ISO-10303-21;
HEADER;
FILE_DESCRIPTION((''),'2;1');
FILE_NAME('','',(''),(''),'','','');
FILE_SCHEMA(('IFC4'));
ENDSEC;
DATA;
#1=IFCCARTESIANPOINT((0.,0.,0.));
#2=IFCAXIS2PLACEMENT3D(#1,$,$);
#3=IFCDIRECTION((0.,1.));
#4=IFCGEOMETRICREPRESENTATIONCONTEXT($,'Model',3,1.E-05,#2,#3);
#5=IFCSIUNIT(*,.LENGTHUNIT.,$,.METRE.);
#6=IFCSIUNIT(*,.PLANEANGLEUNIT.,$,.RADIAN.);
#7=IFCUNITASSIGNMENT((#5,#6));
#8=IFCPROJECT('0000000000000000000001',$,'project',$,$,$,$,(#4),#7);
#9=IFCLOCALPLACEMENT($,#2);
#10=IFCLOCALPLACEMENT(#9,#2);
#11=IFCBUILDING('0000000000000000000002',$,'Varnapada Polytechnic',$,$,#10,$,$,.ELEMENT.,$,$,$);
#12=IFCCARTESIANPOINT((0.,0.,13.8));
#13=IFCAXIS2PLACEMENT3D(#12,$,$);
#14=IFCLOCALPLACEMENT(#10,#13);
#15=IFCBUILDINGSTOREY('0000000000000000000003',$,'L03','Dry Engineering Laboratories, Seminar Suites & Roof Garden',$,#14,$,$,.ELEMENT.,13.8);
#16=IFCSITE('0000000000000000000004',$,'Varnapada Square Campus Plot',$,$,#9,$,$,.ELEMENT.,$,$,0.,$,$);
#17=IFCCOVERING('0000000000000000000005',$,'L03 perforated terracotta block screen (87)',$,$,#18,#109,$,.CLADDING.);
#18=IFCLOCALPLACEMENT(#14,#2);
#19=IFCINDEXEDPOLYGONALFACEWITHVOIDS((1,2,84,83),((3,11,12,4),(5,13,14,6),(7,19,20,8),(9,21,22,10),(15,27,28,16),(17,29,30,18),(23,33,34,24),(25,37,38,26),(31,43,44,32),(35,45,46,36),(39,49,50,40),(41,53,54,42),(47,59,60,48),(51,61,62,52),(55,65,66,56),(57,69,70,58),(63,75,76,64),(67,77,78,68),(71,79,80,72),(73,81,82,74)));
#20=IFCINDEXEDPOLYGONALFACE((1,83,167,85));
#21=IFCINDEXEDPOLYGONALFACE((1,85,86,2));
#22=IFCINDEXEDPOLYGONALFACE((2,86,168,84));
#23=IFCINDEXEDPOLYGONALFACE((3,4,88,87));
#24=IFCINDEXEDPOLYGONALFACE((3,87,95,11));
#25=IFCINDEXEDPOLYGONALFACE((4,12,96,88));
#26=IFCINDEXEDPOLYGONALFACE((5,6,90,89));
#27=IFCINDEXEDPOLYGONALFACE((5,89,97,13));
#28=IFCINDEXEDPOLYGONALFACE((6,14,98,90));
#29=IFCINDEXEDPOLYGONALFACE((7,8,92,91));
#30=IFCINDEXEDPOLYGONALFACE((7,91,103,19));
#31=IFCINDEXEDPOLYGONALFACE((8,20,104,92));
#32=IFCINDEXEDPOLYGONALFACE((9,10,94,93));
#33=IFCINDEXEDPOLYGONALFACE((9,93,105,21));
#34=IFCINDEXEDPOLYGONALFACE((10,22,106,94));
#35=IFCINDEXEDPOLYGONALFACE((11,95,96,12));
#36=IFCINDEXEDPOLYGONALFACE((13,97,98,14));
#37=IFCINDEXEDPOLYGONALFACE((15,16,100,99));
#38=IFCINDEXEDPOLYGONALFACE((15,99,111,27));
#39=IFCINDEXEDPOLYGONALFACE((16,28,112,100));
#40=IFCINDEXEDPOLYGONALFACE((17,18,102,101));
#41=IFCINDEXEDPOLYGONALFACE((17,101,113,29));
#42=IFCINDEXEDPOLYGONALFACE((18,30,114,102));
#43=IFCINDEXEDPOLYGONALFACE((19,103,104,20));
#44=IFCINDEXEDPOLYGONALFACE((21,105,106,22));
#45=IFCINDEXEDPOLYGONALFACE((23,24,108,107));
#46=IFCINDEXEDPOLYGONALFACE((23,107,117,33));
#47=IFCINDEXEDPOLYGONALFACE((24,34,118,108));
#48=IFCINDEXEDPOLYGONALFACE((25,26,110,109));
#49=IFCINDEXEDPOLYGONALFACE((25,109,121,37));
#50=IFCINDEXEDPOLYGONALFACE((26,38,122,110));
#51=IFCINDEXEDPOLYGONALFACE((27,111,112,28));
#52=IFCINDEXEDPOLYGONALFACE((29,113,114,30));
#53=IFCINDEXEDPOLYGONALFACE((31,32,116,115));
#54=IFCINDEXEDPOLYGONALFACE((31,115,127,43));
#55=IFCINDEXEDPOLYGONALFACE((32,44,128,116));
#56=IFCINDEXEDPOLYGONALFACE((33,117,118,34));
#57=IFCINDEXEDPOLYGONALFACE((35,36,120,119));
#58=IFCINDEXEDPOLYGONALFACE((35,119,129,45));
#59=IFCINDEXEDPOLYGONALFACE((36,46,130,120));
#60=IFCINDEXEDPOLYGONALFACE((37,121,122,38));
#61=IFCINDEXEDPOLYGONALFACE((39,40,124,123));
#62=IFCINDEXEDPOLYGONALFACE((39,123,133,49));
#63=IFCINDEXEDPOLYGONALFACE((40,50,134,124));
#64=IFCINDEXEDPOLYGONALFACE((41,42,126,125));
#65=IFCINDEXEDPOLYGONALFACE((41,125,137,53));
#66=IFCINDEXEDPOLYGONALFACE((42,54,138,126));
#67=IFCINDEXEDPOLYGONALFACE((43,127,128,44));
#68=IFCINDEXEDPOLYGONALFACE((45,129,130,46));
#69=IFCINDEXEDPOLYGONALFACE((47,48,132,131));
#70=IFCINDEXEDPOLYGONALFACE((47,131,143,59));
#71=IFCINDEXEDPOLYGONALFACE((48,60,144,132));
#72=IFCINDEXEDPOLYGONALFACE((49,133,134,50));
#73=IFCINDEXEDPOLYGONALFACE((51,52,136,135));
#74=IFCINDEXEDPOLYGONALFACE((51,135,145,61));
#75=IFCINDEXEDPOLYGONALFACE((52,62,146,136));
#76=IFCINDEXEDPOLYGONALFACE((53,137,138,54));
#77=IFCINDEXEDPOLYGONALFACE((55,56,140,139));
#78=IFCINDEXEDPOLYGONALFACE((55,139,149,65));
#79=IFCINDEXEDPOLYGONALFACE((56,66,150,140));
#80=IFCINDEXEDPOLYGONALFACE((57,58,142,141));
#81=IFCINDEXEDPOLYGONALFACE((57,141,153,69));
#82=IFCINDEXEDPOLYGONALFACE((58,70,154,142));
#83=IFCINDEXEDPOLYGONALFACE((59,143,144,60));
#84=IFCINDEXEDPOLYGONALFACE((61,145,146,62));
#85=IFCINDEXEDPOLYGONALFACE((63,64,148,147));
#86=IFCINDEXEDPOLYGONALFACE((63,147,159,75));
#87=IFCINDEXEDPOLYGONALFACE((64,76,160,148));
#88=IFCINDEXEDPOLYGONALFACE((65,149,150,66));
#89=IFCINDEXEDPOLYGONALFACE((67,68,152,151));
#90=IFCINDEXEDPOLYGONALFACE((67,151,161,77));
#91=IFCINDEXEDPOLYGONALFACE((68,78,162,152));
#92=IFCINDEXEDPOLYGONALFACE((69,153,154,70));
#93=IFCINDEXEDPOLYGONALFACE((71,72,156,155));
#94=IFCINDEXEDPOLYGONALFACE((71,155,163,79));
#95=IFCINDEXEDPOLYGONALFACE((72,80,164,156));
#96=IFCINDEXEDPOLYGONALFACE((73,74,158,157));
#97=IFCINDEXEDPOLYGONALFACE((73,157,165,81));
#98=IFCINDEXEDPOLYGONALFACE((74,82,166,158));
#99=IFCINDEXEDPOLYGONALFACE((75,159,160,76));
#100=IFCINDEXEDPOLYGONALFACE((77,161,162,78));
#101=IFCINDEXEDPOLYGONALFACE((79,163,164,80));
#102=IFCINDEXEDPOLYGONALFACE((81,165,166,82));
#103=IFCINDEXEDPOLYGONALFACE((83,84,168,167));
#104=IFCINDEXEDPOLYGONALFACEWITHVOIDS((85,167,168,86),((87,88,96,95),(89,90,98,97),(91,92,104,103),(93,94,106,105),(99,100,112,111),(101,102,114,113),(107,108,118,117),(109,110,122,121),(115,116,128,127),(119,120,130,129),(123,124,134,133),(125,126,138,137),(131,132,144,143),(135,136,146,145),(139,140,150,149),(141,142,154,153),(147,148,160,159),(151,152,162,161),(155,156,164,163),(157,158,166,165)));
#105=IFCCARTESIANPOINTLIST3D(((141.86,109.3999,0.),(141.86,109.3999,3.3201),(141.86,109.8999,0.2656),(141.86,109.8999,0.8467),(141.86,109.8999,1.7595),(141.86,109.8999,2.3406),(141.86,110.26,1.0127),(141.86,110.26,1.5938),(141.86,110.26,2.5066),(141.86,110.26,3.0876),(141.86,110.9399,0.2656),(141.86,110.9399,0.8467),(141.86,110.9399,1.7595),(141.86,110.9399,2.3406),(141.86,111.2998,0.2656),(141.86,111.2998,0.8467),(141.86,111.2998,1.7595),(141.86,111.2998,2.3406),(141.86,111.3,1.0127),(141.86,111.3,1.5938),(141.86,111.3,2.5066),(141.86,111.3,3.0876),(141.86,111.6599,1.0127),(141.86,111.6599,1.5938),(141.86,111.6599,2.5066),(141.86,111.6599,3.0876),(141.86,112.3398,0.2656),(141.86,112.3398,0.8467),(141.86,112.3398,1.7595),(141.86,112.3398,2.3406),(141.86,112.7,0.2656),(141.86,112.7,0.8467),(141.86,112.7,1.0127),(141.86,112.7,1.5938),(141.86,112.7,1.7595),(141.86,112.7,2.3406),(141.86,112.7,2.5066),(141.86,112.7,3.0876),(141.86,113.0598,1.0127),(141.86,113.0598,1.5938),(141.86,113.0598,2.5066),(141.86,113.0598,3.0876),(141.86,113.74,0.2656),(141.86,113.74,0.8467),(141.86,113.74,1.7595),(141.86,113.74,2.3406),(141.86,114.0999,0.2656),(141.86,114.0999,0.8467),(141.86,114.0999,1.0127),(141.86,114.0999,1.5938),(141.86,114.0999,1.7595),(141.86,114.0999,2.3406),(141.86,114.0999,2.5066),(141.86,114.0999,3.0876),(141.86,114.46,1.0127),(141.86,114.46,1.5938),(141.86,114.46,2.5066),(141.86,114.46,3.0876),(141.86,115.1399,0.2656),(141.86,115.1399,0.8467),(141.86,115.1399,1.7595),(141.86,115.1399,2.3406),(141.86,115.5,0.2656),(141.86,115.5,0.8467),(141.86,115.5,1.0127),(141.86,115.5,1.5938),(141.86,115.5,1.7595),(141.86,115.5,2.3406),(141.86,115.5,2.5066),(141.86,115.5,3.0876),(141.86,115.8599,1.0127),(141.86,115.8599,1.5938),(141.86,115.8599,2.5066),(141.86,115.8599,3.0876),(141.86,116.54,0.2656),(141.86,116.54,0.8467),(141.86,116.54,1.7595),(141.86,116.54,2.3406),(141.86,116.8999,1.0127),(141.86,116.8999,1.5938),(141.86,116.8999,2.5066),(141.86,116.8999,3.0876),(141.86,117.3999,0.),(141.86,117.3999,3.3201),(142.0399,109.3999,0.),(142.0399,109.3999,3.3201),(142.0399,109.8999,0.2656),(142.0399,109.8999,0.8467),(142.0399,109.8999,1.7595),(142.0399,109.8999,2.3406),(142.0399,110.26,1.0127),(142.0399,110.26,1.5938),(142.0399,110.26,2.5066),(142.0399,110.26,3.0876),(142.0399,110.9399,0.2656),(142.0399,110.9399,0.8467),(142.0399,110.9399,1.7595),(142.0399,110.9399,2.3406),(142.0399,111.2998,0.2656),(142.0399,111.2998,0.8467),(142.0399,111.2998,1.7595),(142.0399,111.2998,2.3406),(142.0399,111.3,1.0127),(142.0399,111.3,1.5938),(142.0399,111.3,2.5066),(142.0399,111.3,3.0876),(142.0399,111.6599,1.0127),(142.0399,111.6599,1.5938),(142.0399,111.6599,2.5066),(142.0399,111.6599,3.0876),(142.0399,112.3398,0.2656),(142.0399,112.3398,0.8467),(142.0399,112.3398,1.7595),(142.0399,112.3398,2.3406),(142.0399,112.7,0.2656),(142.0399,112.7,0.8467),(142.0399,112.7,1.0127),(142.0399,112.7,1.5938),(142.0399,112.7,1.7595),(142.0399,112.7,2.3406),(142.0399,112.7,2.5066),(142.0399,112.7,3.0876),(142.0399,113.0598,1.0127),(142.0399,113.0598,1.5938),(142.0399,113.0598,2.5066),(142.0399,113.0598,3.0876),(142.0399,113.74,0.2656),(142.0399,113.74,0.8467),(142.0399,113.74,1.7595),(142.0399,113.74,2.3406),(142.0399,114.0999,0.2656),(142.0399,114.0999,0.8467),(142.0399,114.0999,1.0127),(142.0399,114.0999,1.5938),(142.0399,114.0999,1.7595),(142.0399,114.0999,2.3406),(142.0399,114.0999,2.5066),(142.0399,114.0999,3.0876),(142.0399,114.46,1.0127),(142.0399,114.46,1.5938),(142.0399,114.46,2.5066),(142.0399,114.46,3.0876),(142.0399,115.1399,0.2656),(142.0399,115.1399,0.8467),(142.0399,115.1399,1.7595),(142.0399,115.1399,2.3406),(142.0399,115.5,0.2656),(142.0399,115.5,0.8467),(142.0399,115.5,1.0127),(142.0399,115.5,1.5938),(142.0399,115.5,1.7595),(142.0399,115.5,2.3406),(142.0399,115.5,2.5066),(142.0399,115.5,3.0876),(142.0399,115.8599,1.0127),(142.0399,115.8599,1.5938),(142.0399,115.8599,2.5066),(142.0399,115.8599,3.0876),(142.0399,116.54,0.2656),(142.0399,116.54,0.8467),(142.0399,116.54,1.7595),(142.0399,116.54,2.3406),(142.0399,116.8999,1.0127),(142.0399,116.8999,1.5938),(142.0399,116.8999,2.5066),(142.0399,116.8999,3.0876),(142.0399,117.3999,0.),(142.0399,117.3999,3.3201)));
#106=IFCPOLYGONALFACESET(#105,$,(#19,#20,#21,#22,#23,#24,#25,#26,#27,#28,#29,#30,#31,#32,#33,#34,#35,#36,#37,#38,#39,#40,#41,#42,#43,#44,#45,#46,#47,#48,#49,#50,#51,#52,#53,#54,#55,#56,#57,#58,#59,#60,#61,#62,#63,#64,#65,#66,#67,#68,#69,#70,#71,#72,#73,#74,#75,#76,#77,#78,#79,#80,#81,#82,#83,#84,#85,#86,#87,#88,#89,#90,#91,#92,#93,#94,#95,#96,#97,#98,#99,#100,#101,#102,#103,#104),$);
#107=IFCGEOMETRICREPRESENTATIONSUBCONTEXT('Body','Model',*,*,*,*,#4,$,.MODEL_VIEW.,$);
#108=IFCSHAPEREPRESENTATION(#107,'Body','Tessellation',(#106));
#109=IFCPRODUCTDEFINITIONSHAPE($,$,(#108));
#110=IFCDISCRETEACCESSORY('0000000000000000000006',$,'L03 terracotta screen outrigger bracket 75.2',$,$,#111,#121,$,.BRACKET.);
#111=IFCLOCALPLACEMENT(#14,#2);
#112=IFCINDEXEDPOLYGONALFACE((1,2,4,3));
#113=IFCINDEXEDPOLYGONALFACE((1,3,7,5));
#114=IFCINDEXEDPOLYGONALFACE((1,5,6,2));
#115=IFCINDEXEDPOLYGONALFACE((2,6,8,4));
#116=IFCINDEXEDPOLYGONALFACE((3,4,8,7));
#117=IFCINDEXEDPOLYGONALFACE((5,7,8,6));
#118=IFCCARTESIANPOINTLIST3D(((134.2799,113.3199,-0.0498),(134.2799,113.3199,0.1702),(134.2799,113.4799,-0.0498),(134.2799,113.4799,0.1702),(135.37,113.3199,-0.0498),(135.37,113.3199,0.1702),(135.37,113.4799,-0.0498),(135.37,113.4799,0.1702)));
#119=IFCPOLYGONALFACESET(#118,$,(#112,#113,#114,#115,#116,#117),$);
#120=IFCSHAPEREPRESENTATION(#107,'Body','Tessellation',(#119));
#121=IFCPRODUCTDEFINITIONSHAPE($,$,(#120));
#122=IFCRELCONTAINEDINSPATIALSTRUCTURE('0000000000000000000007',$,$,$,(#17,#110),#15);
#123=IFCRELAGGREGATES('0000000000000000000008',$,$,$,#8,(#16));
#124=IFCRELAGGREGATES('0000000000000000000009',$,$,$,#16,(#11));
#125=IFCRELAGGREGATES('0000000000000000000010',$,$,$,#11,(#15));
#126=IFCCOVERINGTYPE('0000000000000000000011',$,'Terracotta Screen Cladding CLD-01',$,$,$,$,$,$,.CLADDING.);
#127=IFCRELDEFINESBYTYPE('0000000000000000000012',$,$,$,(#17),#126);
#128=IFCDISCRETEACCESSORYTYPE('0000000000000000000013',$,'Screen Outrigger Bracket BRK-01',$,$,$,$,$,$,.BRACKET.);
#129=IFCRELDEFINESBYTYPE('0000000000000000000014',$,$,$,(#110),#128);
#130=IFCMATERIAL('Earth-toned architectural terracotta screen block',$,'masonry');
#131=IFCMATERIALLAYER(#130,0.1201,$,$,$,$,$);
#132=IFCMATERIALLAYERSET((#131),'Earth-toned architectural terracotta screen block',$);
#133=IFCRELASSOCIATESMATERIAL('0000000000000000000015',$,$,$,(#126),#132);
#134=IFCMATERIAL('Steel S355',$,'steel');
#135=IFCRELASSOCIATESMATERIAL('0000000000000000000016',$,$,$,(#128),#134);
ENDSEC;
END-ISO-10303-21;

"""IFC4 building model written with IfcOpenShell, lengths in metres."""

from ifc_helpers import new_model, si_unit, direction, frame, frame_2d, origin, origin_2d, place, context, subcontext, project, spatial, rectangle, extrude, material, layer, layer_set, type_object, element, save


model = new_model("IFC4")

# Units and contexts
model_context = context("Model", 3, precision=1e-05, world=origin(), true_north=direction((0.0, 1.0)))
body_context = subcontext(model_context, "Body", "Model", "MODEL_VIEW")
ifc_project = project(units=[si_unit("LENGTHUNIT", "METRE"), si_unit("PLANEANGLEUNIT", "RADIAN")], contexts=[model_context])

# Site, building, storey
site_placement = place(None, origin())
site = spatial("IfcSite", under=ifc_project, at=site_placement, Name="Varnapada Square Campus Plot", CompositionType="ELEMENT", RefElevation=0.0)
building_placement = place(site_placement, origin())
building = spatial("IfcBuilding", under=site, at=building_placement, Name="Varnapada Polytechnic", CompositionType="ELEMENT")
storey_placement = place(building_placement, frame((0.0, 0.0, 13.8)))
storey = spatial("IfcBuildingStorey", under=building, at=storey_placement, Name="L03", Description="Dry Engineering Laboratories, Seminar Suites & Roof Garden", CompositionType="ELEMENT", Elevation=13.8)

# Covering, openings
ifc_material_1 = material(Name="Earth-toned architectural terracotta screen block", Category="masonry")
ifc_layer = layer(ifc_material_1, 0.1201)
ifc_layer_set = layer_set([ifc_layer], Name="Earth-toned architectural terracotta screen block")
covering_type = type_object("IfcCoveringType", Name="Terracotta Screen Cladding CLD-01", PredefinedType="CLADDING", material=ifc_layer_set)
covering_placement = place(storey_placement, frame((141.95, 109.3999, 0.0), z_axis=(0.0, 0.0, 1.0), x_axis=(0.0, 1.0, 0.0)))
covering = element("IfcCovering", 1, at=covering_placement, inside=storey, type_object=covering_type, Name="L03 perforated terracotta block screen (87)", PredefinedType="CLADDING", context=body_context, shape_type="SweptSolid", body=[
    extrude(rectangle(XDim=8.0, YDim=0.1799, at=frame_2d((4.0, 0.0))), origin(), (0.0, 0.0, 1.0), 3.3201),
])
opening_1_placement = place(covering_placement, frame((0.5, 0.0, 0.2656)))
element("IfcOpeningElement", 2, at=opening_1_placement, cuts=covering, PredefinedType="OPENING", context=body_context, shape_type="SweptSolid", body=[
    extrude(rectangle(XDim=1.04, YDim=0.5811, at=frame_2d((0.52, 0.2905))), frame((0.0, 0.0999, 0.0), z_axis=(0.0, -1.0, 0.0), x_axis=(1.0, 0.0, 0.0)), (0.0, 0.0, 1.0), 0.2),
])
opening_2_placement = place(covering_placement, frame((1.8999, 0.0, 0.2656)))
element("IfcOpeningElement", 3, at=opening_2_placement, cuts=covering, PredefinedType="OPENING", context=body_context, shape_type="SweptSolid", body=[
    extrude(rectangle(XDim=1.04, YDim=0.5811, at=frame_2d((0.52, 0.2905))), frame((0.0, 0.0999, 0.0), z_axis=(0.0, -1.0, 0.0), x_axis=(1.0, 0.0, 0.0)), (0.0, 0.0, 1.0), 0.2),
])
opening_3_placement = place(covering_placement, frame((3.3, 0.0, 0.2656)))
element("IfcOpeningElement", 4, at=opening_3_placement, cuts=covering, PredefinedType="OPENING", context=body_context, shape_type="SweptSolid", body=[
    extrude(rectangle(XDim=1.04, YDim=0.5811, at=frame_2d((0.52, 0.2905))), frame((0.0, 0.0999, 0.0), z_axis=(0.0, -1.0, 0.0), x_axis=(1.0, 0.0, 0.0)), (0.0, 0.0, 1.0), 0.2),
])
opening_4_placement = place(covering_placement, frame((4.7, 0.0, 0.2656)))
element("IfcOpeningElement", 5, at=opening_4_placement, cuts=covering, PredefinedType="OPENING", context=body_context, shape_type="SweptSolid", body=[
    extrude(rectangle(XDim=1.04, YDim=0.5811, at=frame_2d((0.52, 0.2905))), frame((0.0, 0.0999, 0.0), z_axis=(0.0, -1.0, 0.0), x_axis=(1.0, 0.0, 0.0)), (0.0, 0.0, 1.0), 0.2),
])
opening_5_placement = place(covering_placement, frame((6.1001, 0.0, 0.2656)))
element("IfcOpeningElement", 6, at=opening_5_placement, cuts=covering, PredefinedType="OPENING", context=body_context, shape_type="SweptSolid", body=[
    extrude(rectangle(XDim=1.04, YDim=0.5811, at=frame_2d((0.52, 0.2905))), frame((0.0, 0.0999, 0.0), z_axis=(0.0, -1.0, 0.0), x_axis=(1.0, 0.0, 0.0)), (0.0, 0.0, 1.0), 0.2),
])
opening_6_placement = place(covering_placement, frame((0.8601, 0.0, 1.0127)))
element("IfcOpeningElement", 7, at=opening_6_placement, cuts=covering, PredefinedType="OPENING", context=body_context, shape_type="SweptSolid", body=[
    extrude(rectangle(XDim=1.04, YDim=0.5811, at=frame_2d((0.52, 0.2905))), frame((0.0, 0.0999, 0.0), z_axis=(0.0, -1.0, 0.0), x_axis=(1.0, 0.0, 0.0)), (0.0, 0.0, 1.0), 0.2),
])
opening_7_placement = place(covering_placement, frame((2.26, 0.0, 1.0127)))
element("IfcOpeningElement", 8, at=opening_7_placement, cuts=covering, PredefinedType="OPENING", context=body_context, shape_type="SweptSolid", body=[
    extrude(rectangle(XDim=1.04, YDim=0.5811, at=frame_2d((0.52, 0.2905))), frame((0.0, 0.0999, 0.0), z_axis=(0.0, -1.0, 0.0), x_axis=(1.0, 0.0, 0.0)), (0.0, 0.0, 1.0), 0.2),
])
opening_8_placement = place(covering_placement, frame((3.6599, 0.0, 1.0127)))
element("IfcOpeningElement", 9, at=opening_8_placement, cuts=covering, PredefinedType="OPENING", context=body_context, shape_type="SweptSolid", body=[
    extrude(rectangle(XDim=1.04, YDim=0.5811, at=frame_2d((0.52, 0.2905))), frame((0.0, 0.0999, 0.0), z_axis=(0.0, -1.0, 0.0), x_axis=(1.0, 0.0, 0.0)), (0.0, 0.0, 1.0), 0.2),
])
opening_9_placement = place(covering_placement, frame((5.0601, 0.0, 1.0127)))
element("IfcOpeningElement", 10, at=opening_9_placement, cuts=covering, PredefinedType="OPENING", context=body_context, shape_type="SweptSolid", body=[
    extrude(rectangle(XDim=1.04, YDim=0.5811, at=frame_2d((0.52, 0.2905))), frame((0.0, 0.0999, 0.0), z_axis=(0.0, -1.0, 0.0), x_axis=(1.0, 0.0, 0.0)), (0.0, 0.0, 1.0), 0.2),
])
opening_10_placement = place(covering_placement, frame((6.46, 0.0, 1.0127)))
element("IfcOpeningElement", 11, at=opening_10_placement, cuts=covering, PredefinedType="OPENING", context=body_context, shape_type="SweptSolid", body=[
    extrude(rectangle(XDim=1.04, YDim=0.5811, at=frame_2d((0.52, 0.2905))), frame((0.0, 0.0999, 0.0), z_axis=(0.0, -1.0, 0.0), x_axis=(1.0, 0.0, 0.0)), (0.0, 0.0, 1.0), 0.2),
])
opening_11_placement = place(covering_placement, frame((0.5, 0.0, 1.7595)))
element("IfcOpeningElement", 12, at=opening_11_placement, cuts=covering, PredefinedType="OPENING", context=body_context, shape_type="SweptSolid", body=[
    extrude(rectangle(XDim=1.04, YDim=0.5811, at=frame_2d((0.52, 0.2905))), frame((0.0, 0.0999, 0.0), z_axis=(0.0, -1.0, 0.0), x_axis=(1.0, 0.0, 0.0)), (0.0, 0.0, 1.0), 0.2),
])
opening_12_placement = place(covering_placement, frame((1.8999, 0.0, 1.7595)))
element("IfcOpeningElement", 13, at=opening_12_placement, cuts=covering, PredefinedType="OPENING", context=body_context, shape_type="SweptSolid", body=[
    extrude(rectangle(XDim=1.04, YDim=0.5811, at=frame_2d((0.52, 0.2905))), frame((0.0, 0.0999, 0.0), z_axis=(0.0, -1.0, 0.0), x_axis=(1.0, 0.0, 0.0)), (0.0, 0.0, 1.0), 0.2),
])
opening_13_placement = place(covering_placement, frame((3.3, 0.0, 1.7595)))
element("IfcOpeningElement", 14, at=opening_13_placement, cuts=covering, PredefinedType="OPENING", context=body_context, shape_type="SweptSolid", body=[
    extrude(rectangle(XDim=1.04, YDim=0.5811, at=frame_2d((0.52, 0.2905))), frame((0.0, 0.0999, 0.0), z_axis=(0.0, -1.0, 0.0), x_axis=(1.0, 0.0, 0.0)), (0.0, 0.0, 1.0), 0.2),
])
opening_14_placement = place(covering_placement, frame((4.7, 0.0, 1.7595)))
element("IfcOpeningElement", 15, at=opening_14_placement, cuts=covering, PredefinedType="OPENING", context=body_context, shape_type="SweptSolid", body=[
    extrude(rectangle(XDim=1.04, YDim=0.5811, at=frame_2d((0.52, 0.2905))), frame((0.0, 0.0999, 0.0), z_axis=(0.0, -1.0, 0.0), x_axis=(1.0, 0.0, 0.0)), (0.0, 0.0, 1.0), 0.2),
])
opening_15_placement = place(covering_placement, frame((6.1001, 0.0, 1.7595)))
element("IfcOpeningElement", 16, at=opening_15_placement, cuts=covering, PredefinedType="OPENING", context=body_context, shape_type="SweptSolid", body=[
    extrude(rectangle(XDim=1.04, YDim=0.5811, at=frame_2d((0.52, 0.2905))), frame((0.0, 0.0999, 0.0), z_axis=(0.0, -1.0, 0.0), x_axis=(1.0, 0.0, 0.0)), (0.0, 0.0, 1.0), 0.2),
])
opening_16_placement = place(covering_placement, frame((0.8601, 0.0, 2.5066)))
element("IfcOpeningElement", 17, at=opening_16_placement, cuts=covering, PredefinedType="OPENING", context=body_context, shape_type="SweptSolid", body=[
    extrude(rectangle(XDim=1.04, YDim=0.5811, at=frame_2d((0.52, 0.2905))), frame((0.0, 0.0999, 0.0), z_axis=(0.0, -1.0, 0.0), x_axis=(1.0, 0.0, 0.0)), (0.0, 0.0, 1.0), 0.2),
])
opening_17_placement = place(covering_placement, frame((2.26, 0.0, 2.5066)))
element("IfcOpeningElement", 18, at=opening_17_placement, cuts=covering, PredefinedType="OPENING", context=body_context, shape_type="SweptSolid", body=[
    extrude(rectangle(XDim=1.04, YDim=0.5811, at=frame_2d((0.52, 0.2905))), frame((0.0, 0.0999, 0.0), z_axis=(0.0, -1.0, 0.0), x_axis=(1.0, 0.0, 0.0)), (0.0, 0.0, 1.0), 0.2),
])
opening_18_placement = place(covering_placement, frame((3.6599, 0.0, 2.5066)))
element("IfcOpeningElement", 19, at=opening_18_placement, cuts=covering, PredefinedType="OPENING", context=body_context, shape_type="SweptSolid", body=[
    extrude(rectangle(XDim=1.04, YDim=0.5811, at=frame_2d((0.52, 0.2905))), frame((0.0, 0.0999, 0.0), z_axis=(0.0, -1.0, 0.0), x_axis=(1.0, 0.0, 0.0)), (0.0, 0.0, 1.0), 0.2),
])
opening_19_placement = place(covering_placement, frame((5.0601, 0.0, 2.5066)))
element("IfcOpeningElement", 20, at=opening_19_placement, cuts=covering, PredefinedType="OPENING", context=body_context, shape_type="SweptSolid", body=[
    extrude(rectangle(XDim=1.04, YDim=0.5811, at=frame_2d((0.52, 0.2905))), frame((0.0, 0.0999, 0.0), z_axis=(0.0, -1.0, 0.0), x_axis=(1.0, 0.0, 0.0)), (0.0, 0.0, 1.0), 0.2),
])
opening_20_placement = place(covering_placement, frame((6.46, 0.0, 2.5066)))
element("IfcOpeningElement", 21, at=opening_20_placement, cuts=covering, PredefinedType="OPENING", context=body_context, shape_type="SweptSolid", body=[
    extrude(rectangle(XDim=1.04, YDim=0.5811, at=frame_2d((0.52, 0.2905))), frame((0.0, 0.0999, 0.0), z_axis=(0.0, -1.0, 0.0), x_axis=(1.0, 0.0, 0.0)), (0.0, 0.0, 1.0), 0.2),
])

# Discrete accessory
ifc_material_2 = material(Name="Steel S355", Category="steel")
discrete_accessory_type = type_object("IfcDiscreteAccessoryType", Name="Screen Outrigger Bracket BRK-01", PredefinedType="BRACKET", material=ifc_material_2)
for number, where, z_axis, x_axis, name in (
    (22, (134.825, 113.3999, -0.0498), (0.0, 0.0, 1.0), (0.0, -1.0, 0.0), "L03 terracotta screen outrigger bracket 75.2"),
):
    element("IfcDiscreteAccessory", number, at=place(storey_placement, frame(where, z_axis=z_axis, x_axis=x_axis)), inside=storey, type_object=discrete_accessory_type, Name=name, PredefinedType="BRACKET", context=body_context, shape_type="SweptSolid", body=[
        extrude(rectangle(XDim=0.1599, YDim=1.0901, at=origin_2d()), origin(), (0.0, 0.0, 1.0), 0.22),
    ])

save(model, "model.ifc")
